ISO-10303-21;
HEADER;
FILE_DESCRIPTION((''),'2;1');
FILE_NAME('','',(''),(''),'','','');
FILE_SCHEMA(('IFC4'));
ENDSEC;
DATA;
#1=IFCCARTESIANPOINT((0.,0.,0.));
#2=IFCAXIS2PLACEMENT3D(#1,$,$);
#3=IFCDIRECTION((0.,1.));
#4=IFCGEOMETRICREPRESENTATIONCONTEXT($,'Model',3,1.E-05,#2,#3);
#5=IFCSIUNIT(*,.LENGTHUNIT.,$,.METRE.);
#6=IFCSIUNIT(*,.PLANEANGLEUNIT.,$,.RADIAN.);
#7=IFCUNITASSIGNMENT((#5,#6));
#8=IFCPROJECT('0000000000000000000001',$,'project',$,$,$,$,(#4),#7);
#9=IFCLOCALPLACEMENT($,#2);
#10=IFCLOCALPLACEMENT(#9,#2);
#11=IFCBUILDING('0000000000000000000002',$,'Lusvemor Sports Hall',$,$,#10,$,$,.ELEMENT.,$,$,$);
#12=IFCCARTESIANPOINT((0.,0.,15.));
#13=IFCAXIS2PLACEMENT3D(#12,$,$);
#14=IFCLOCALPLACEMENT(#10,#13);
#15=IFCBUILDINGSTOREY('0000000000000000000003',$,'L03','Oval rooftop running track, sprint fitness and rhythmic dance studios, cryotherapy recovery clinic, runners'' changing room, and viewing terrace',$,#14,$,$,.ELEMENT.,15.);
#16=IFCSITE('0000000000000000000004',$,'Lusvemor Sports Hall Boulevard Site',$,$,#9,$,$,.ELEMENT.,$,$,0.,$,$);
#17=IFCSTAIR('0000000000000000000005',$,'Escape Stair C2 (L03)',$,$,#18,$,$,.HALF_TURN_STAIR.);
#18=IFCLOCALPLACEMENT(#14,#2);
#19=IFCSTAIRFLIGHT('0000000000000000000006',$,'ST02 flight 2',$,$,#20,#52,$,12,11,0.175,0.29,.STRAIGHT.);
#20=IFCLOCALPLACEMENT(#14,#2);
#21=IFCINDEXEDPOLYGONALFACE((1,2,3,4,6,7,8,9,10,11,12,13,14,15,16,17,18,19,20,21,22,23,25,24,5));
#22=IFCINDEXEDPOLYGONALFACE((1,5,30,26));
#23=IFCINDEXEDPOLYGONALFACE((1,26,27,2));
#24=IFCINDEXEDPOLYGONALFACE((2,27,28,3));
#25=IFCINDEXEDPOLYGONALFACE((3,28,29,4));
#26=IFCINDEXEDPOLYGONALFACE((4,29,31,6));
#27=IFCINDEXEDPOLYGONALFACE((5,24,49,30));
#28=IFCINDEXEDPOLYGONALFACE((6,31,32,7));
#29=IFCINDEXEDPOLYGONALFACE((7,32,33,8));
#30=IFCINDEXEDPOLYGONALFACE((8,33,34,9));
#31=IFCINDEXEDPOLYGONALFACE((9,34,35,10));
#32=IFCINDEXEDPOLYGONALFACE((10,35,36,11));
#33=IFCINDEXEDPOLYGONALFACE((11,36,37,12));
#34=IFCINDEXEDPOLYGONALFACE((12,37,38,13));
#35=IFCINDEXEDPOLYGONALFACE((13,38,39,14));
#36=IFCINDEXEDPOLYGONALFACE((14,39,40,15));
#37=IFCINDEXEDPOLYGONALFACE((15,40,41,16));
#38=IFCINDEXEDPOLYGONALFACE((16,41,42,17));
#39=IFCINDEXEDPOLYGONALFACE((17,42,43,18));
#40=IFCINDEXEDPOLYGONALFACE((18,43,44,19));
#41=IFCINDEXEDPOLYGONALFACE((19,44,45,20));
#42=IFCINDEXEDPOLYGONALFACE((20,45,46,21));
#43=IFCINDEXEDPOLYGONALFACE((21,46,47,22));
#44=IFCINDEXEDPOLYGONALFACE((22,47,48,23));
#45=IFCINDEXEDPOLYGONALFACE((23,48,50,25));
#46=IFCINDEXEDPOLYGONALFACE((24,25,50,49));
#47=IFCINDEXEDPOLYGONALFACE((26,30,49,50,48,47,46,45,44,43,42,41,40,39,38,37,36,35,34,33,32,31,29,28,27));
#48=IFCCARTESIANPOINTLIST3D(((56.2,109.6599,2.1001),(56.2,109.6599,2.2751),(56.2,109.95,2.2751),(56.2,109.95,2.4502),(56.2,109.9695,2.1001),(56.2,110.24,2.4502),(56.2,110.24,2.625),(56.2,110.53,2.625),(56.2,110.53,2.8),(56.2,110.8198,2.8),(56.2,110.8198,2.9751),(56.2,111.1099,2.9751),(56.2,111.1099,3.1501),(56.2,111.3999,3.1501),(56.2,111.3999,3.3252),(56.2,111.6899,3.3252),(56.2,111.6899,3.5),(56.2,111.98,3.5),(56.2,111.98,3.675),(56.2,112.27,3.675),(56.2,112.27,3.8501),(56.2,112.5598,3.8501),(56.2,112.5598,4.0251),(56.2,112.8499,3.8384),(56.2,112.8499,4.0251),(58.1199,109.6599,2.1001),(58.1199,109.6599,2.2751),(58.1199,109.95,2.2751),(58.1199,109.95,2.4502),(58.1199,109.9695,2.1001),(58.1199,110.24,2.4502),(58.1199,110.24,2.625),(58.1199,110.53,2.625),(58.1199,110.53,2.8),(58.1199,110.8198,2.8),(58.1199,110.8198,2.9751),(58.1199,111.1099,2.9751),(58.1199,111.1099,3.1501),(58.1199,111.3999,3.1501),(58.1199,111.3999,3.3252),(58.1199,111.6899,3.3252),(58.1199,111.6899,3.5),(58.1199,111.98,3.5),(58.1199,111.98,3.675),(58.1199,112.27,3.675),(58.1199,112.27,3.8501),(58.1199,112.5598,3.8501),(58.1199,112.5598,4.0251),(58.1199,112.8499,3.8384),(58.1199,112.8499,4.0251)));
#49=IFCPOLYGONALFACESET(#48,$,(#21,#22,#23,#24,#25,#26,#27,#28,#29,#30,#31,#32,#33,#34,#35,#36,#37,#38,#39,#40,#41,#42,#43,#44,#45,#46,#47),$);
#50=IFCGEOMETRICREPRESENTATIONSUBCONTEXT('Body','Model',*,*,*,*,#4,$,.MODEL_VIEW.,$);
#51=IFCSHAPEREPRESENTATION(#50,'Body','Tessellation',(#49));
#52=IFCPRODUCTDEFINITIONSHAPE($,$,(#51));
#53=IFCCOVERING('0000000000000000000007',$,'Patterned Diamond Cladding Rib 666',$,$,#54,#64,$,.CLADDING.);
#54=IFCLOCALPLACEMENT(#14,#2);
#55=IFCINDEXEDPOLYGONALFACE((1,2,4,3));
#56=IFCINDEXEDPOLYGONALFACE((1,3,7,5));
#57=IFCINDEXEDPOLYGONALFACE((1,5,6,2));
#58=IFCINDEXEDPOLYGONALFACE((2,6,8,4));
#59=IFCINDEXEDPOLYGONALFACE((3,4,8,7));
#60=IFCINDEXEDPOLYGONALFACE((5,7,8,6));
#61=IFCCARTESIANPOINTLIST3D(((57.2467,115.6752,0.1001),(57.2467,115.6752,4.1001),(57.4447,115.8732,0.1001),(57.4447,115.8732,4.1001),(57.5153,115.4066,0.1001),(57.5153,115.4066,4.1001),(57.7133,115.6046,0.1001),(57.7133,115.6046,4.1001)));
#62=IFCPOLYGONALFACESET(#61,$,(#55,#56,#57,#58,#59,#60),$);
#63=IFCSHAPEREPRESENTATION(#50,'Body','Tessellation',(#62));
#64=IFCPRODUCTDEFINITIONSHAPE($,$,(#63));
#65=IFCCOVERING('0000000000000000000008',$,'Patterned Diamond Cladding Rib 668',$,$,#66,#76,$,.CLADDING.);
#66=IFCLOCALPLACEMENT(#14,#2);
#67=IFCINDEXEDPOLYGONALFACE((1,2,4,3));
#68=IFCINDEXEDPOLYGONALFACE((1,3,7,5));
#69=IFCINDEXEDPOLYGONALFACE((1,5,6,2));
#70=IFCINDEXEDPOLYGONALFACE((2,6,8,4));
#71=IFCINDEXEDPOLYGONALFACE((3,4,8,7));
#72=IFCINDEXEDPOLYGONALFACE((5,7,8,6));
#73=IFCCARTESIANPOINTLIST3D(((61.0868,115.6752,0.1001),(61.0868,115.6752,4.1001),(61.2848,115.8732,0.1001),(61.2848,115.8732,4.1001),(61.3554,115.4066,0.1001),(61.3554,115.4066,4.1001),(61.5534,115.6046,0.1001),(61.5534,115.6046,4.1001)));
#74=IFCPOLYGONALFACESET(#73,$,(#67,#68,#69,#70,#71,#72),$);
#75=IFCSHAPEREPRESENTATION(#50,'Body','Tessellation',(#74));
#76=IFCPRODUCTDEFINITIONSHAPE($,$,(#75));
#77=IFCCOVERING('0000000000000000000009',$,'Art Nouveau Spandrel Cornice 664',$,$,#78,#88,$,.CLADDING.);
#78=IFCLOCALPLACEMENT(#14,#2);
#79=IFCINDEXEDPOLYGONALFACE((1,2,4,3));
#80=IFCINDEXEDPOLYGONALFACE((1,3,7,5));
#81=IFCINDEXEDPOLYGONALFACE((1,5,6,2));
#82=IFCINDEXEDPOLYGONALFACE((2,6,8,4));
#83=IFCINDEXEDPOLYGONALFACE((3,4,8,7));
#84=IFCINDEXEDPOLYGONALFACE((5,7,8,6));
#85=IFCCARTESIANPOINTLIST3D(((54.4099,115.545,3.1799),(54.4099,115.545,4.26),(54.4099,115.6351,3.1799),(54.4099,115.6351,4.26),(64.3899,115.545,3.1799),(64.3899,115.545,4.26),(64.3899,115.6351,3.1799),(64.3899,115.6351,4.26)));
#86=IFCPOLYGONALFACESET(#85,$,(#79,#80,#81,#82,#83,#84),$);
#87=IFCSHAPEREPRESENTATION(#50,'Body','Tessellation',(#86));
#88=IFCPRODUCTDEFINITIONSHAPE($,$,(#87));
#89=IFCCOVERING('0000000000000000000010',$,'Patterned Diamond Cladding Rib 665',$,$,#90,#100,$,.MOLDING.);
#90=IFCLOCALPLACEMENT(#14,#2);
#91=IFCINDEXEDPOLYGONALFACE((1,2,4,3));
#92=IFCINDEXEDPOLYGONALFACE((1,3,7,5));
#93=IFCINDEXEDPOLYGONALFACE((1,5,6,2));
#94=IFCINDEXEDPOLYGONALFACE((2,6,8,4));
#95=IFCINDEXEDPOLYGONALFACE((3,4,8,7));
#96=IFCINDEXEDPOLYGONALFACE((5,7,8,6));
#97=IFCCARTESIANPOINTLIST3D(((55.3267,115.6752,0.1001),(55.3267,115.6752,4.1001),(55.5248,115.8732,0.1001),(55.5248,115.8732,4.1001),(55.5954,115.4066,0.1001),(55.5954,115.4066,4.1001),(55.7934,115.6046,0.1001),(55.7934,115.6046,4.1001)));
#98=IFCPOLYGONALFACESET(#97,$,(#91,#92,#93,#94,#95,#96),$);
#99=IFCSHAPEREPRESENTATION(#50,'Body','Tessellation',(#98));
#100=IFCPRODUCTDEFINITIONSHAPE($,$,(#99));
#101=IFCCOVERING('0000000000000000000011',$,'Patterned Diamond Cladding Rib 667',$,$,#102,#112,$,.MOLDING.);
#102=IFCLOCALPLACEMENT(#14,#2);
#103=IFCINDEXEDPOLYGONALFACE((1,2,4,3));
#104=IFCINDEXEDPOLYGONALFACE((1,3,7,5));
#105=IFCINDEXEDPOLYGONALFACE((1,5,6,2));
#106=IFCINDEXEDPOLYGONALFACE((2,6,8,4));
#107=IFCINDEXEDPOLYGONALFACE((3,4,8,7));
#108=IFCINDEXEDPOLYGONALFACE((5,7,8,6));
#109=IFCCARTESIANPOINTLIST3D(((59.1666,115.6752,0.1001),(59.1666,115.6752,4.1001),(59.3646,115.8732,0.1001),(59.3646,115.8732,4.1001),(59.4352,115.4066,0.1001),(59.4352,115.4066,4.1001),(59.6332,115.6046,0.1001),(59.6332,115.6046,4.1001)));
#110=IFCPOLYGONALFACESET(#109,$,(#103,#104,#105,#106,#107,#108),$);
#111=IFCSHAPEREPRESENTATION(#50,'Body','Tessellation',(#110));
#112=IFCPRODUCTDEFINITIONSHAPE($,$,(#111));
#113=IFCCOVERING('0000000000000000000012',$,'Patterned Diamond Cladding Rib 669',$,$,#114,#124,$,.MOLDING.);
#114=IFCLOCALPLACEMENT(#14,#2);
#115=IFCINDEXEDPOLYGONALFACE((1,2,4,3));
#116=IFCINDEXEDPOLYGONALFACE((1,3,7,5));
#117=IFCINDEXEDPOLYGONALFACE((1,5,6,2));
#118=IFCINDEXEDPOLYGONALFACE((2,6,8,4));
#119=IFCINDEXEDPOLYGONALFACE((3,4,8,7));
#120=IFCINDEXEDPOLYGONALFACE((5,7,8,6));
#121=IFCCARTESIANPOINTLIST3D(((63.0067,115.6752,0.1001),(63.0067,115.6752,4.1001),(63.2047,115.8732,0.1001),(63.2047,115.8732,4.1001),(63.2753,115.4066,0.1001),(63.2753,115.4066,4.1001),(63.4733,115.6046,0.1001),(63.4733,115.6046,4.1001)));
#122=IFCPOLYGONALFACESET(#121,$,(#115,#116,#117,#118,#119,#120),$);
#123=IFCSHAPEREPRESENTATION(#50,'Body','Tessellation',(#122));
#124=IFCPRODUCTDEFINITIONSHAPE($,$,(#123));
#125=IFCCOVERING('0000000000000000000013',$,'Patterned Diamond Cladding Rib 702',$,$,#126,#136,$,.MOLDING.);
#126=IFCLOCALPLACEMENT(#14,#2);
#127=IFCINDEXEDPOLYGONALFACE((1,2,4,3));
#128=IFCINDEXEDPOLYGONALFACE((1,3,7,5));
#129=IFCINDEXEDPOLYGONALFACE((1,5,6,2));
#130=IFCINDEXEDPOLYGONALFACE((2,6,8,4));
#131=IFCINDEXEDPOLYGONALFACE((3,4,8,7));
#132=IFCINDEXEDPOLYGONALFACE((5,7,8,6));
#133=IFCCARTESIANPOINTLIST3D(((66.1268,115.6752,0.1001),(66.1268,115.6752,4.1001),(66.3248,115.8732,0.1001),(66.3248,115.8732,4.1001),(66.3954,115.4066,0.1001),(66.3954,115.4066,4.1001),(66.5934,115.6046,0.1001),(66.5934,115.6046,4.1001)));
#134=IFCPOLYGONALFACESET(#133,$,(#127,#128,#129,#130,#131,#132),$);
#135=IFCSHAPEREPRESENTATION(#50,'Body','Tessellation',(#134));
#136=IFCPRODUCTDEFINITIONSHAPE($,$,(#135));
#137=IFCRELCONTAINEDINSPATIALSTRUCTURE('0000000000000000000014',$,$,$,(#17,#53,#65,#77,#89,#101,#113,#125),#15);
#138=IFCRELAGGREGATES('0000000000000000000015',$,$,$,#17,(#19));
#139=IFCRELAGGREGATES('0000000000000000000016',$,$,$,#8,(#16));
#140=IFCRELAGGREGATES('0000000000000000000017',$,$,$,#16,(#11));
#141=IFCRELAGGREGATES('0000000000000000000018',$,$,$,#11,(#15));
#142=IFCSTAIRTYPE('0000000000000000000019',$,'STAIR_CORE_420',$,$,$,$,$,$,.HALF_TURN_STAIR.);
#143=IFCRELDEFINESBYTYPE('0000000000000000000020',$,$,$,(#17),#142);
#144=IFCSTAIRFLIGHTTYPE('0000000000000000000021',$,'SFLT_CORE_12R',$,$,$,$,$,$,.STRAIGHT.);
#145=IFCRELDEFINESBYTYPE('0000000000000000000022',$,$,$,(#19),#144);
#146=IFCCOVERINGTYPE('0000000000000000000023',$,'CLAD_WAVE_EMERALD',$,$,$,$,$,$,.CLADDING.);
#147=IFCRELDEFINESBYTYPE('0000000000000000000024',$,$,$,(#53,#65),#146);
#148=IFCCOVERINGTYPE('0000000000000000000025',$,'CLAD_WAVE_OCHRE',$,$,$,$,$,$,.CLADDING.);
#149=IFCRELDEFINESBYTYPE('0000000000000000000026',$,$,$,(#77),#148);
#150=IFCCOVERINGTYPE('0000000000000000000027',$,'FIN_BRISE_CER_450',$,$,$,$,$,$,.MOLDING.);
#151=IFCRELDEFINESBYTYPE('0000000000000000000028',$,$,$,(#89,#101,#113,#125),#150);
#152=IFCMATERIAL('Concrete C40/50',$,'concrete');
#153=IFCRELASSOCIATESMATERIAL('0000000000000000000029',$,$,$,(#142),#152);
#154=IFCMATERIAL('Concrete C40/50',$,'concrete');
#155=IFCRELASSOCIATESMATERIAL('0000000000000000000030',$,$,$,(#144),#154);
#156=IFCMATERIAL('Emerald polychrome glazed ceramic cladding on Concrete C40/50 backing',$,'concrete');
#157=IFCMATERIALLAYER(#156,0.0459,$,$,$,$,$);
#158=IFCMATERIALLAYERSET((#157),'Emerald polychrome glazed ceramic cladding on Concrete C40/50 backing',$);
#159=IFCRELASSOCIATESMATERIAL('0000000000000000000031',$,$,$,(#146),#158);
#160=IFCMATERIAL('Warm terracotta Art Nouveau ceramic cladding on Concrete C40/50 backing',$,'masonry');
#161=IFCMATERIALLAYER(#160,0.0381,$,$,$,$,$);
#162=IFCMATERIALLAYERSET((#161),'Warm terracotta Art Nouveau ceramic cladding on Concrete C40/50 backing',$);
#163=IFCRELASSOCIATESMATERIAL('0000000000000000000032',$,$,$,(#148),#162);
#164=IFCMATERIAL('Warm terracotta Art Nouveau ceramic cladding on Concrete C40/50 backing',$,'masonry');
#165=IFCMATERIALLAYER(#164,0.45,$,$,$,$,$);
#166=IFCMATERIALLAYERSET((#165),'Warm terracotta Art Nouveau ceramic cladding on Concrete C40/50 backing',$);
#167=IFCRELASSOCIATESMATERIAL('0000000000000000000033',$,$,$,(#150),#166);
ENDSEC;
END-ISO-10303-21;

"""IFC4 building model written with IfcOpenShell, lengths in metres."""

from ifc_helpers import new_model, si_unit, direction, frame, origin, origin_2d, place, context, subcontext, project, spatial, polyline, rectangle, outline, extrude, material, layer, layer_set, type_object, element, aggregate, save


model = new_model("IFC4")

# Units and contexts
model_context = context("Model", 3, precision=1e-05, world=origin(), true_north=direction((0.0, 1.0)))
body_context = subcontext(model_context, "Body", "Model", "MODEL_VIEW")
ifc_project = project(units=[si_unit("LENGTHUNIT", "METRE"), si_unit("PLANEANGLEUNIT", "RADIAN")], contexts=[model_context])

# Site, building, storey
site_placement = place(None, origin())
site = spatial("IfcSite", under=ifc_project, at=site_placement, Name="Lusvemor Sports Hall Boulevard Site", CompositionType="ELEMENT", RefElevation=0.0)
building_placement = place(site_placement, origin())
building = spatial("IfcBuilding", under=site, at=building_placement, Name="Lusvemor Sports Hall", CompositionType="ELEMENT")
storey_placement = place(building_placement, frame((0.0, 0.0, 15.0)))
storey = spatial("IfcBuildingStorey", under=building, at=storey_placement, Name="L03", Description="Oval rooftop running track, sprint fitness and rhythmic dance studios, cryotherapy recovery clinic, runners' changing room, and viewing terrace", CompositionType="ELEMENT", Elevation=15.0)

# Stair, stair flight
ifc_material_1 = material(Name="Concrete C40/50", Category="concrete")
stair_type = type_object("IfcStairType", Name="STAIR_CORE_420", PredefinedType="HALF_TURN_STAIR", material=ifc_material_1)
stair_placement = place(storey_placement, origin())
stair = element("IfcStair", 1, at=stair_placement, inside=storey, type_object=stair_type, Name="Escape Stair C2 (L03)", PredefinedType="HALF_TURN_STAIR")
ifc_material_2 = material(Name="Concrete C40/50", Category="concrete")
stair_flight_type = type_object("IfcStairFlightType", Name="SFLT_CORE_12R", PredefinedType="STRAIGHT", material=ifc_material_2)
stair_flight_1_placement = place(storey_placement, frame((57.1599, 109.6599, 2.1001), z_axis=(0.0, 0.0, 1.0), x_axis=(0.0, 1.0, 0.0)))
stair_flight_1 = element("IfcStairFlight", 2, at=stair_flight_1_placement, type_object=stair_flight_type, Name="ST02 flight 2", NumberOfRisers=12, NumberOfTreads=11, PredefinedType="STRAIGHT", RiserHeight=0.175, TreadLength=0.29, context=body_context, shape_type="SweptSolid", body=[
    extrude(outline(polyline([(0.0, 0.0), (0.0, 0.175), (0.29, 0.175), (0.29, 0.3501), (0.5801, 0.3501), (0.5801, 0.5249), (0.8701, 0.5249), (0.8701, 0.7), (1.1599, 0.7), (1.1599, 0.875), (1.45, 0.875), (1.45, 1.05), (1.74, 1.05), (1.74, 1.2251), (2.03, 1.2251), (2.03, 1.3999), (2.3201, 1.3999), (2.3201, 1.575), (2.6101, 1.575), (2.6101, 1.75), (2.8999, 1.75), (2.8999, 1.925), (3.1899, 1.925), (3.1899, 2.1001), (3.1899, 1.7383), (0.3096, 0.0), (0.0, 0.0)])), frame((0.0, 0.96, 0.0), z_axis=(0.0, -1.0, 0.0), x_axis=(1.0, 0.0, 0.0)), (0.0, 0.0, 1.0), 1.9199),
])
aggregate(stair, [stair_flight_1])

# Coverings
ifc_material_3 = material(Name="Emerald polychrome glazed ceramic cladding on Concrete C40/50 backing", Category="concrete")
ifc_layer_1 = layer(ifc_material_3, 0.0459)
ifc_layer_set_1 = layer_set([ifc_layer_1], Name="Emerald polychrome glazed ceramic cladding on Concrete C40/50 backing")
covering_type_1 = type_object("IfcCoveringType", Name="CLAD_WAVE_EMERALD", PredefinedType="CLADDING", material=ifc_layer_set_1)
for number, where, z_axis, x_axis, name in (
    (3, (57.48, 115.6399, 0.1001), (0.0, 0.0, 1.0), (0.707107, 0.707107, 0.0), "Patterned Diamond Cladding Rib 666"),
    (4, (61.3201, 115.6399, 0.1001), (0.0, 0.0, 1.0), (0.707107, 0.707107, 0.0), "Patterned Diamond Cladding Rib 668"),
):
    element("IfcCovering", number, at=place(storey_placement, frame(where, z_axis=z_axis, x_axis=x_axis)), inside=storey, type_object=covering_type_1, Name=name, PredefinedType="CLADDING", context=body_context, shape_type="SweptSolid", body=[
        extrude(rectangle(XDim=0.28, YDim=0.3799, at=origin_2d()), origin(), (0.0, 0.0, 1.0), 4.0),
    ])
ifc_material_4 = material(Name="Warm terracotta Art Nouveau ceramic cladding on Concrete C40/50 backing", Category="masonry")
ifc_layer_2 = layer(ifc_material_4, 0.0381)
ifc_layer_set_2 = layer_set([ifc_layer_2], Name="Warm terracotta Art Nouveau ceramic cladding on Concrete C40/50 backing")
covering_type_2 = type_object("IfcCoveringType", Name="CLAD_WAVE_OCHRE", PredefinedType="CLADDING", material=ifc_layer_set_2)
covering_placement = place(storey_placement, frame((59.3999, 115.5901, 3.1799), z_axis=(0.0, 0.0, 1.0), x_axis=(1.0, 0.0, 0.0)))
element("IfcCovering", 5, at=covering_placement, inside=storey, type_object=covering_type_2, Name="Art Nouveau Spandrel Cornice 664", PredefinedType="CLADDING", context=body_context, shape_type="SweptSolid", body=[
    extrude(rectangle(XDim=9.98, YDim=0.0901, at=origin_2d()), origin(), (0.0, 0.0, 1.0), 1.0801),
])
ifc_material_5 = material(Name="Warm terracotta Art Nouveau ceramic cladding on Concrete C40/50 backing", Category="masonry")
ifc_layer_3 = layer(ifc_material_5, 0.45)
ifc_layer_set_3 = layer_set([ifc_layer_3], Name="Warm terracotta Art Nouveau ceramic cladding on Concrete C40/50 backing")
covering_type_3 = type_object("IfcCoveringType", Name="FIN_BRISE_CER_450", PredefinedType="MOLDING", material=ifc_layer_set_3)
for number, where, z_axis, x_axis, name in (
    (6, (55.5601, 115.6399, 0.1001), (0.0, 0.0, 1.0), (0.707107, 0.707107, 0.0), "Patterned Diamond Cladding Rib 665"),
    (7, (59.3999, 115.6399, 0.1001), (0.0, 0.0, 1.0), (0.707107, 0.707107, 0.0), "Patterned Diamond Cladding Rib 667"),
    (8, (63.24, 115.6399, 0.1001), (0.0, 0.0, 1.0), (0.707107, 0.707107, 0.0), "Patterned Diamond Cladding Rib 669"),
    (9, (66.3601, 115.6399, 0.1001), (0.0, 0.0, 1.0), (0.707107, 0.707107, 0.0), "Patterned Diamond Cladding Rib 702"),
):
    element("IfcCovering", number, at=place(storey_placement, frame(where, z_axis=z_axis, x_axis=x_axis)), inside=storey, type_object=covering_type_3, Name=name, PredefinedType="MOLDING", context=body_context, shape_type="SweptSolid", body=[
        extrude(rectangle(XDim=0.28, YDim=0.3799, at=origin_2d()), origin(), (0.0, 0.0, 1.0), 4.0),
    ])

save(model, "model.ifc")
